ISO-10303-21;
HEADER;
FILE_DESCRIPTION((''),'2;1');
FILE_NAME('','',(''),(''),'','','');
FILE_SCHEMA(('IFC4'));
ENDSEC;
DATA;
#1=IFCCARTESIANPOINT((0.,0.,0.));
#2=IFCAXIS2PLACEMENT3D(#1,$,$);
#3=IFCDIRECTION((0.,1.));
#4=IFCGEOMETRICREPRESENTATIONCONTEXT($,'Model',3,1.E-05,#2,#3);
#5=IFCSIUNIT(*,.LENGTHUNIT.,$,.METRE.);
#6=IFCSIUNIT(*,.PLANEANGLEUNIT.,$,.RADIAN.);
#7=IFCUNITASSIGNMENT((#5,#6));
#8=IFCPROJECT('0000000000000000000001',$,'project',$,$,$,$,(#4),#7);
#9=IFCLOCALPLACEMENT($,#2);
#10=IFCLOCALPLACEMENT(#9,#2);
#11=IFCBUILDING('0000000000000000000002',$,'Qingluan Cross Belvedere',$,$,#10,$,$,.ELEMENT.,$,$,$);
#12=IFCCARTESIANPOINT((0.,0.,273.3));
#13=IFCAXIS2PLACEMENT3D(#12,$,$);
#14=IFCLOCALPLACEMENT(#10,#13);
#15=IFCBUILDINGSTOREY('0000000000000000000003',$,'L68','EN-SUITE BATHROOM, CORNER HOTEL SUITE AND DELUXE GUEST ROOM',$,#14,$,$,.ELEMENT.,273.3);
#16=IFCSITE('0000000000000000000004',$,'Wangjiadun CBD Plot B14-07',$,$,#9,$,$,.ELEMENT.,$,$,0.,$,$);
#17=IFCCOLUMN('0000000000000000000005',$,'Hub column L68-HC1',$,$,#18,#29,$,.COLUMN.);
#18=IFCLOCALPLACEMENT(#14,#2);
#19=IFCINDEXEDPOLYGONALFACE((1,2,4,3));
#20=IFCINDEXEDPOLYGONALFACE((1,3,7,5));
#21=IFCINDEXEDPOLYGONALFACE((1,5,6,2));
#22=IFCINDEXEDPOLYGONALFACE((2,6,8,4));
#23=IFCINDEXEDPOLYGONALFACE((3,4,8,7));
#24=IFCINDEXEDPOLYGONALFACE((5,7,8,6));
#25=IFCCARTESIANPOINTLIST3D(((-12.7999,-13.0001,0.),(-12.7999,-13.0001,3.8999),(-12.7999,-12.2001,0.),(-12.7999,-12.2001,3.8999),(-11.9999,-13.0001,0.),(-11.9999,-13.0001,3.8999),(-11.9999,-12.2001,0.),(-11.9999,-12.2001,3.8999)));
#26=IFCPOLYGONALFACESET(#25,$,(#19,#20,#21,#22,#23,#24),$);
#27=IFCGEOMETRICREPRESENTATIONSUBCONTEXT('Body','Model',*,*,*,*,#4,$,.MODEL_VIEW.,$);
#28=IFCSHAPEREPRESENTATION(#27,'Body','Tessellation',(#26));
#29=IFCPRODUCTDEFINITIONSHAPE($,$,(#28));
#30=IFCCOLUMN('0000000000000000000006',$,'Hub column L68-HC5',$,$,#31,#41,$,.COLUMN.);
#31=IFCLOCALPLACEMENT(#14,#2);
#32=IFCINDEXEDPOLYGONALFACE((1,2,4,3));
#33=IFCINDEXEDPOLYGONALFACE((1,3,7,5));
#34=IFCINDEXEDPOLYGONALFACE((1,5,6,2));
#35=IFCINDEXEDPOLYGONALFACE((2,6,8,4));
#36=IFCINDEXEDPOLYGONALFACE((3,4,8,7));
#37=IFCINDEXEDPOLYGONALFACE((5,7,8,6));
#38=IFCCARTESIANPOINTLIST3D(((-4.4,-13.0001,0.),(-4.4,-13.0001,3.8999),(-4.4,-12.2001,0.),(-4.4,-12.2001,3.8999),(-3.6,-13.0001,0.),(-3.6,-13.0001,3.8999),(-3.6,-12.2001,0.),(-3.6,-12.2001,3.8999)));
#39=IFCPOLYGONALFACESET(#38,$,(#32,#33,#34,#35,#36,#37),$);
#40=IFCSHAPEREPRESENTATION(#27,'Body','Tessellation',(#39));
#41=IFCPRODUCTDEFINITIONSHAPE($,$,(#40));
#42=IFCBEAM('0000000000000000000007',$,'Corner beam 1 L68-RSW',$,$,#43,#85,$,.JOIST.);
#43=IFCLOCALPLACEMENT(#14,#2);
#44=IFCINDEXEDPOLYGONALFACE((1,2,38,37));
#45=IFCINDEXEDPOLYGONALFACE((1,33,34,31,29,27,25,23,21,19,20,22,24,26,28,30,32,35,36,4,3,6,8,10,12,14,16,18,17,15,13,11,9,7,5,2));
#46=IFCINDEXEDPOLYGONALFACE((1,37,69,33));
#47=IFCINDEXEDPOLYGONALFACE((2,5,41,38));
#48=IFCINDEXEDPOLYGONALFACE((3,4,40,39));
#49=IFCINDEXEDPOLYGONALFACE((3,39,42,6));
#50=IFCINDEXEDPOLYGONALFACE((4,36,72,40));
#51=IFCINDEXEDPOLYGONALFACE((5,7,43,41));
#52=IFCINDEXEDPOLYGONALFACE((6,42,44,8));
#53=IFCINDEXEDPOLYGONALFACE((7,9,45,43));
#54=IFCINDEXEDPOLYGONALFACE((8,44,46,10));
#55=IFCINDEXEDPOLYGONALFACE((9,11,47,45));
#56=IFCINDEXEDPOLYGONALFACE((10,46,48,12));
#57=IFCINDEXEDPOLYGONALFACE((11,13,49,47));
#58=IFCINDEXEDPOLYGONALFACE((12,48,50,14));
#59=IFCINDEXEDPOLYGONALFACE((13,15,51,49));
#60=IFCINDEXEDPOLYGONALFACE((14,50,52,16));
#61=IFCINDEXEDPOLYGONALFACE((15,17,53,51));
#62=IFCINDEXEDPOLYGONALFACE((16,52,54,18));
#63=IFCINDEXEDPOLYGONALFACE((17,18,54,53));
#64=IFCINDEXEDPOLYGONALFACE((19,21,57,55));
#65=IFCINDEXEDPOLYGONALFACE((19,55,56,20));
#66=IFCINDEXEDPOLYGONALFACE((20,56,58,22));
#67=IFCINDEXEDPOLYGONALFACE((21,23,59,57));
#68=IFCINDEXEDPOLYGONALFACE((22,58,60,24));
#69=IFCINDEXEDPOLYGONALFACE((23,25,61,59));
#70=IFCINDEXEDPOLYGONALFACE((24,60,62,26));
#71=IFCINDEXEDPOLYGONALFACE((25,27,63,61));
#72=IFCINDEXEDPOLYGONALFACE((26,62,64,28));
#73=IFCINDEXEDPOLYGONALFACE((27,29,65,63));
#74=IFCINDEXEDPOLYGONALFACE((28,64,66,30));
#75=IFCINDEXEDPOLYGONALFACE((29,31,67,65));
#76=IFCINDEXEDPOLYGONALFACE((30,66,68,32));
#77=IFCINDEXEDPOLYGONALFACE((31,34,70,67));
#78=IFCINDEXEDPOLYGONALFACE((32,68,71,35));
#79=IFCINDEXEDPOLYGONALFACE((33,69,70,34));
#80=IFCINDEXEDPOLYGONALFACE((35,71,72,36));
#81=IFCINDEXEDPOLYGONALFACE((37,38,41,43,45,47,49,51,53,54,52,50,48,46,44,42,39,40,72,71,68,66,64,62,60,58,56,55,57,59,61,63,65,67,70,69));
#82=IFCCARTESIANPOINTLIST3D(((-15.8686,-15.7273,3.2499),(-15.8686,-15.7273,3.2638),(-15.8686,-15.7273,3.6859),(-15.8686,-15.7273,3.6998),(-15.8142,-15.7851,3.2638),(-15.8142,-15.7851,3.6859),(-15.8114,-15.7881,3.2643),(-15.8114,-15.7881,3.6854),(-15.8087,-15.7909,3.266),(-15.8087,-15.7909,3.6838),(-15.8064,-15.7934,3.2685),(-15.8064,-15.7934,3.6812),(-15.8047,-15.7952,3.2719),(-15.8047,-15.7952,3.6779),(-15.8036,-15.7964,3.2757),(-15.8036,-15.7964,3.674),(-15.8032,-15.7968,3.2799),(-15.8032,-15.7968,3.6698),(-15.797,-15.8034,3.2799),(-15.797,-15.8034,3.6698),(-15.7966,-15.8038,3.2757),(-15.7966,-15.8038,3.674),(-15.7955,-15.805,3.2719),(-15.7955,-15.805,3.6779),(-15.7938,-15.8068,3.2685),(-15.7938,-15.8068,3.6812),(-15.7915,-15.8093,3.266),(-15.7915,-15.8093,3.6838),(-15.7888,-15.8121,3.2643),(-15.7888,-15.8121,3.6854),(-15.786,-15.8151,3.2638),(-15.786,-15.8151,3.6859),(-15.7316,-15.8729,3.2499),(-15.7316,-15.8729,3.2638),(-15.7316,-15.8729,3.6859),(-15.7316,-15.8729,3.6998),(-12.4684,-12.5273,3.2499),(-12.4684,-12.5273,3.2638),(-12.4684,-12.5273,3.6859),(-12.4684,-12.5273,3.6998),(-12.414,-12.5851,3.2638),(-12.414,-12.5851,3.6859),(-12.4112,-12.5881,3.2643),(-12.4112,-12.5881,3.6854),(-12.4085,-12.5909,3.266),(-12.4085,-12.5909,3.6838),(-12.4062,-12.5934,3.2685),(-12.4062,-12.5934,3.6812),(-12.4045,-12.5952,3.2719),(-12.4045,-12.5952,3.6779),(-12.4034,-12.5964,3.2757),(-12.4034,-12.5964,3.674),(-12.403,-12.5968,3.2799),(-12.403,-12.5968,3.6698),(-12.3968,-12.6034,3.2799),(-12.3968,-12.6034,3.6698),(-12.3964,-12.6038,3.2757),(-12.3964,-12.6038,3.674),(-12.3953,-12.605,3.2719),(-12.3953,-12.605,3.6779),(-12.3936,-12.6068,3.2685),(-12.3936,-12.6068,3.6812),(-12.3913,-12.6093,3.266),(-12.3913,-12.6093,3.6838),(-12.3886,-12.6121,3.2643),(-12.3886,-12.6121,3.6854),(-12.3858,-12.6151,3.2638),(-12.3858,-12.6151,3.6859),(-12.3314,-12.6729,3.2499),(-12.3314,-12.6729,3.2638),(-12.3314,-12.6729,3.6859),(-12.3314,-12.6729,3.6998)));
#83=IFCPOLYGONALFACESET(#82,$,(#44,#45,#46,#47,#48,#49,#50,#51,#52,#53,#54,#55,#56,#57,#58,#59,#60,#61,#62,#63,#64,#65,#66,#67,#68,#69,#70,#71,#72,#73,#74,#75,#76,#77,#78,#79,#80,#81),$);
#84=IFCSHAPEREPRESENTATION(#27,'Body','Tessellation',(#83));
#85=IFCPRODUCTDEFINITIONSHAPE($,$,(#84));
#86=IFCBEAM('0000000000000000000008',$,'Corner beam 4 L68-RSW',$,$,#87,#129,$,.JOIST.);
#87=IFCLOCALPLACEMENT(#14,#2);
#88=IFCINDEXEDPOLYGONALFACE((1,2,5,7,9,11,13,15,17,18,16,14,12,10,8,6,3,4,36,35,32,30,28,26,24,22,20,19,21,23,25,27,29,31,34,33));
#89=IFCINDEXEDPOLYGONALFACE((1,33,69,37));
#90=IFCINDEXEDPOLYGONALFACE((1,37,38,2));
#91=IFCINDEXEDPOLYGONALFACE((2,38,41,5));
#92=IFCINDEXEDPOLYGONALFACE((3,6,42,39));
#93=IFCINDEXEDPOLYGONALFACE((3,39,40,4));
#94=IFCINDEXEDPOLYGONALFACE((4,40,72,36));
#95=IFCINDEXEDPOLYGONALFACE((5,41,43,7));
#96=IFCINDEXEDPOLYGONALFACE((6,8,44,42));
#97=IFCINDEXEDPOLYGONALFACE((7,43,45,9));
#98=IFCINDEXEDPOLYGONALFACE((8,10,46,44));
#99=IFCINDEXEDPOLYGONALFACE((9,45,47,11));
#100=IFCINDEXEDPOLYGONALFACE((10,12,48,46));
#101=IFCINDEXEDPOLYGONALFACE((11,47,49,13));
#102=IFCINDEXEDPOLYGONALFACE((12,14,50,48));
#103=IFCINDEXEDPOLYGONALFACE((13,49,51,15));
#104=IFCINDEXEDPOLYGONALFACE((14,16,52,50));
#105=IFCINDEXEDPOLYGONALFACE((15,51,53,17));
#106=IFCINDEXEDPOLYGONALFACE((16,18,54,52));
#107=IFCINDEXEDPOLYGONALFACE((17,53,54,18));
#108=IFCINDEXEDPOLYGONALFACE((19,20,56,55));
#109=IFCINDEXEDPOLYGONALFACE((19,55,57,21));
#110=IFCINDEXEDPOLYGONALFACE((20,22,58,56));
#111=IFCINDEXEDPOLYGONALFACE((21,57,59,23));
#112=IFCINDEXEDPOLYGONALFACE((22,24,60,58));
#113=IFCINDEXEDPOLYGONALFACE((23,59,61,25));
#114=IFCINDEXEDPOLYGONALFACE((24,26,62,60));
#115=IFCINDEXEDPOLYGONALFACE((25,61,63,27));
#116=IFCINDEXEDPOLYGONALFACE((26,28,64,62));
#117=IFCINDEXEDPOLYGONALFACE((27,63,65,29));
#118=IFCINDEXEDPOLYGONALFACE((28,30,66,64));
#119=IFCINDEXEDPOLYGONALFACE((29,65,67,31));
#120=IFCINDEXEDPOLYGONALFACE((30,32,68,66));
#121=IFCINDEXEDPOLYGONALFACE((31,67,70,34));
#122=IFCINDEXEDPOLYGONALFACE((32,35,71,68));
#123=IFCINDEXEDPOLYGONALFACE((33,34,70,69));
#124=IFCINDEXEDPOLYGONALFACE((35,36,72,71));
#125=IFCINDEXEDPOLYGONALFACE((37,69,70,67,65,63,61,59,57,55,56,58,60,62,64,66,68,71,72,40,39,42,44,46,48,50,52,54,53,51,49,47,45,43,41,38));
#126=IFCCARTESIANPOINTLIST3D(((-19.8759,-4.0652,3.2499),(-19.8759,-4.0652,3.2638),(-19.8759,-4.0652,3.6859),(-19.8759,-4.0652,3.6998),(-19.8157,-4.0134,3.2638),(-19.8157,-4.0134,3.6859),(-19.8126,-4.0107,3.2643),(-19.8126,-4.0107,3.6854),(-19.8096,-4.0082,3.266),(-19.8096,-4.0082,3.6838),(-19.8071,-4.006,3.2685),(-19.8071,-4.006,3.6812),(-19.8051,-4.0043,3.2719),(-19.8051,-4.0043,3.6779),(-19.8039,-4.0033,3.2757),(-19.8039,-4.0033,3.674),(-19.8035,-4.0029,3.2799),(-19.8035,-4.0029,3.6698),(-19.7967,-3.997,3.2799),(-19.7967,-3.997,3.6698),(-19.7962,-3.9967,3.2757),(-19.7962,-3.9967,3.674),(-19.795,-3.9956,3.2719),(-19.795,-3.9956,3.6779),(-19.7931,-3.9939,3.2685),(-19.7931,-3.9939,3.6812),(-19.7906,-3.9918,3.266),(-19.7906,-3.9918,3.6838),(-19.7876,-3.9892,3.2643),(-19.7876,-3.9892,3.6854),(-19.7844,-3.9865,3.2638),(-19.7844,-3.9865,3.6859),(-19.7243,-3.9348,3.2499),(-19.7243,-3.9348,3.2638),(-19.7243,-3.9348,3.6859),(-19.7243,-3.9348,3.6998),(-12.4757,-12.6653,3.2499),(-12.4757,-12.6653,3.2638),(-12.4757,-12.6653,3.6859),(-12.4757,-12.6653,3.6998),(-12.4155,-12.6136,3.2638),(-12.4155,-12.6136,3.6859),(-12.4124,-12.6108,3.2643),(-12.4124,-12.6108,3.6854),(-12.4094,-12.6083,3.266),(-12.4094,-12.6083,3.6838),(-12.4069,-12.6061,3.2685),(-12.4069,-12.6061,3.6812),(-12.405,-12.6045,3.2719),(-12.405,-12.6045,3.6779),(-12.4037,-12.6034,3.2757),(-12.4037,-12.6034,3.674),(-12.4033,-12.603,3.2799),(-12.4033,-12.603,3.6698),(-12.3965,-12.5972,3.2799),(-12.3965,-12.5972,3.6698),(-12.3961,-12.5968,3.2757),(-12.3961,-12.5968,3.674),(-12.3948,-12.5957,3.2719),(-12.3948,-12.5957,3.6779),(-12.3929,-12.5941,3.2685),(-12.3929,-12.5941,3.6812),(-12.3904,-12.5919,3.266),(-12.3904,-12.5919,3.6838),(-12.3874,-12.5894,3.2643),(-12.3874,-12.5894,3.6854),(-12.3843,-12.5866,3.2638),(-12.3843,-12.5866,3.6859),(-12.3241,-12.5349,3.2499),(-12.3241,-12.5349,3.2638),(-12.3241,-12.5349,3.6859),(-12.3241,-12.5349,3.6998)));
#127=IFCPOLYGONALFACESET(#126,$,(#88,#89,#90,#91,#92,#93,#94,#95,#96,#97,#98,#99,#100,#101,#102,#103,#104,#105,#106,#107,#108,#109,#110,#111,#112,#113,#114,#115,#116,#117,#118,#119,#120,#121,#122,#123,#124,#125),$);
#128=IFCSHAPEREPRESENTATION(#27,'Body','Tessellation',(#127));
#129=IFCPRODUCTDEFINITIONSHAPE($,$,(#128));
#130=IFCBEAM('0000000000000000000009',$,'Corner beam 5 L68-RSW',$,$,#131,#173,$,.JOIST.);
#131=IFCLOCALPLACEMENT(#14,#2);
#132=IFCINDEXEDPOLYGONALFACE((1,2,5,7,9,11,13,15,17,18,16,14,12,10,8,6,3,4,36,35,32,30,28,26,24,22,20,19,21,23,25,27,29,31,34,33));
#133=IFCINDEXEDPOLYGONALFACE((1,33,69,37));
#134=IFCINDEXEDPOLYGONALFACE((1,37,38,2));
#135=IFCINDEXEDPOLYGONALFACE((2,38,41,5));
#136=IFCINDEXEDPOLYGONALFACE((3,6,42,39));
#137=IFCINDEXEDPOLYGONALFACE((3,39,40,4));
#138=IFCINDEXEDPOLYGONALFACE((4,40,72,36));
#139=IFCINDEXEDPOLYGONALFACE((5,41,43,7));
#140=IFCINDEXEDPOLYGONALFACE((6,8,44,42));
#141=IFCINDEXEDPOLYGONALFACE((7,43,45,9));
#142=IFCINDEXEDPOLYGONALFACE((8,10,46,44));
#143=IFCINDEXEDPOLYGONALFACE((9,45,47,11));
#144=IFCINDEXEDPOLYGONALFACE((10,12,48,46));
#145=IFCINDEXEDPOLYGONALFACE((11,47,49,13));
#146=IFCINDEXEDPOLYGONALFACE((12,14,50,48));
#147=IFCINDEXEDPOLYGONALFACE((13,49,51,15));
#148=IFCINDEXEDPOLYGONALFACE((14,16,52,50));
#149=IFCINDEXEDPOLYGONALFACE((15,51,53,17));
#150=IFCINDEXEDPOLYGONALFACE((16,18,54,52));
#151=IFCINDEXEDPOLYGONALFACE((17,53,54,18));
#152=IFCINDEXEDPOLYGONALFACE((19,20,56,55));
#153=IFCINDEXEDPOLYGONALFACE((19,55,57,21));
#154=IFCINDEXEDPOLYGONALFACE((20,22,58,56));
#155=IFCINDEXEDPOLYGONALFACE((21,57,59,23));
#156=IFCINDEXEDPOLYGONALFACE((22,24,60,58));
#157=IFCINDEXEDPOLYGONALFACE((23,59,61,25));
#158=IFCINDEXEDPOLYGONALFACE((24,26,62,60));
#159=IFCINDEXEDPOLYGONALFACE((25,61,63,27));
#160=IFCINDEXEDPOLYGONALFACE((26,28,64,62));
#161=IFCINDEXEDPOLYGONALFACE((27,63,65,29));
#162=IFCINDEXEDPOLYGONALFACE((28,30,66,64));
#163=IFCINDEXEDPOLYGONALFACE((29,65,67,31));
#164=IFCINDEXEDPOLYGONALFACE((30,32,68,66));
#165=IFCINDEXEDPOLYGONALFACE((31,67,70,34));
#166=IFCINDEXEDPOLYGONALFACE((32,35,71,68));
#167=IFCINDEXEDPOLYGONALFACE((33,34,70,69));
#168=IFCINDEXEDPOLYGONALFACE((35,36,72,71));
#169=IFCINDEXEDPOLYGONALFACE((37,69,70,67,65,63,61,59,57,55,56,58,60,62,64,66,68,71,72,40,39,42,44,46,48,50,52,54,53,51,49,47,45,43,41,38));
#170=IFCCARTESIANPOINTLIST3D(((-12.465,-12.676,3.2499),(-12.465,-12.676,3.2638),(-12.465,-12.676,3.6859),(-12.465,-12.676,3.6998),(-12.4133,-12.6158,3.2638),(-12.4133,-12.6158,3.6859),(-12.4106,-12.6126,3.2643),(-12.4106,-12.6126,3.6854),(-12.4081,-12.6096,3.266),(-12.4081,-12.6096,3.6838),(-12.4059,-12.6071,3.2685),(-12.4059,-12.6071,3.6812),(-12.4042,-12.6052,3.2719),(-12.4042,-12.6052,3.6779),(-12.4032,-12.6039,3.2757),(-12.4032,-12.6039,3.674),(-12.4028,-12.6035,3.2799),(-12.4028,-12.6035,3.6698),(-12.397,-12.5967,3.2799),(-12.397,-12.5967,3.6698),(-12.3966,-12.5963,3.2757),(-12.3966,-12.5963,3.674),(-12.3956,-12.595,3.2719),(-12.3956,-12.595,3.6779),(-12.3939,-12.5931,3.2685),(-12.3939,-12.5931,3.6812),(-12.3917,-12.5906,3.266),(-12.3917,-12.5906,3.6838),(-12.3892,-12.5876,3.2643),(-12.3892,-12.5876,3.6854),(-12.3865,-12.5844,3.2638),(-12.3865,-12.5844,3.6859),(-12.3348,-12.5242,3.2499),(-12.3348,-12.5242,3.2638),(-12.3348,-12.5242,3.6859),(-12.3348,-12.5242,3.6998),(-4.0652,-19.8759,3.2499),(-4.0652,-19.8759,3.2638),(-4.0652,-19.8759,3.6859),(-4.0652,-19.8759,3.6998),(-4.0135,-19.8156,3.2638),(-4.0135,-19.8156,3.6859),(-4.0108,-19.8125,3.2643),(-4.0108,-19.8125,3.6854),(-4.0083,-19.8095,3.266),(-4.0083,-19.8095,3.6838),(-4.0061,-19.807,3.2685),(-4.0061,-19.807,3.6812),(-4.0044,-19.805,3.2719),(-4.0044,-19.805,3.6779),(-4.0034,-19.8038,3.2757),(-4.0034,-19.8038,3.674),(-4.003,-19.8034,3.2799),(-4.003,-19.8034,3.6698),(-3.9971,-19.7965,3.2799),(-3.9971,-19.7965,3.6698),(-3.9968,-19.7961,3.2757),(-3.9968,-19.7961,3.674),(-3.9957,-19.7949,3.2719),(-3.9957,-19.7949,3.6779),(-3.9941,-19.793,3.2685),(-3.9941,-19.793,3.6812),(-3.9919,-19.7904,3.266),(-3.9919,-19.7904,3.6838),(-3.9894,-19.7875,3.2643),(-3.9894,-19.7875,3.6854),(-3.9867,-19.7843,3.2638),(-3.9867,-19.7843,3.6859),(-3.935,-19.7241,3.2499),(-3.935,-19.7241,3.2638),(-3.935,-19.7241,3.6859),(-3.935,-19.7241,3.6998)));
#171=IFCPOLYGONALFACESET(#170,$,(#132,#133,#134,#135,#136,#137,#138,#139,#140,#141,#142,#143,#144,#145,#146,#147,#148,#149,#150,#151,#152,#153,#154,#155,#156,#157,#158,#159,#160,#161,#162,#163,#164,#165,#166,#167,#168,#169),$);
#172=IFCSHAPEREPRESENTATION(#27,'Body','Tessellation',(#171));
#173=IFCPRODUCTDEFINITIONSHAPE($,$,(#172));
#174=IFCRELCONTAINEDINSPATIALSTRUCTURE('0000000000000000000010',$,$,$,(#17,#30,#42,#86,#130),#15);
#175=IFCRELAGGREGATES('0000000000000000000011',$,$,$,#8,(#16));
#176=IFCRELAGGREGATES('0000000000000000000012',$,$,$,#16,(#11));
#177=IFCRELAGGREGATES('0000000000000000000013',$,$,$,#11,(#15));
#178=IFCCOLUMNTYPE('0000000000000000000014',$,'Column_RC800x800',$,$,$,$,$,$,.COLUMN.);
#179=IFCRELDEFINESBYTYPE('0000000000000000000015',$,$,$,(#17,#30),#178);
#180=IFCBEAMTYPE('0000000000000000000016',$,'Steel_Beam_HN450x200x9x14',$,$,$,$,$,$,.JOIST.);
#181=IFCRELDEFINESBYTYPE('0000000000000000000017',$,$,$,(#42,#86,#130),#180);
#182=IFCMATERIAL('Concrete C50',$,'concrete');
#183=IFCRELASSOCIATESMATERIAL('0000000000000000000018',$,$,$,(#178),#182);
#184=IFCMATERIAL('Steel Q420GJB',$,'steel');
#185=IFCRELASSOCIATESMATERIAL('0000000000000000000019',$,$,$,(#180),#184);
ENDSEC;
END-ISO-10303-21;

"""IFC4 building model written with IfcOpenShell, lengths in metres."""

from ifc_helpers import new_model, si_unit, direction, frame, origin, origin_2d, place, context, subcontext, project, spatial, rectangle, i_section, extrude, material, material_profile, profile_set, type_object, element, save


model = new_model("IFC4")

# Units and contexts
model_context = context("Model", 3, precision=1e-05, world=origin(), true_north=direction((0.0, 1.0)))
body_context = subcontext(model_context, "Body", "Model", "MODEL_VIEW")
ifc_project = project(units=[si_unit("LENGTHUNIT", "METRE"), si_unit("PLANEANGLEUNIT", "RADIAN")], contexts=[model_context])

# Site, building, storey
site_placement = place(None, origin())
site = spatial("IfcSite", under=ifc_project, at=site_placement, Name="Wangjiadun CBD Plot B14-07", CompositionType="ELEMENT", RefElevation=0.0)
building_placement = place(site_placement, origin())
building = spatial("IfcBuilding", under=site, at=building_placement, Name="Qingluan Cross Belvedere", CompositionType="ELEMENT")
storey_placement = place(building_placement, frame((0.0, 0.0, 273.3)))
storey = spatial("IfcBuildingStorey", under=building, at=storey_placement, Name="L68", Description="EN-SUITE BATHROOM, CORNER HOTEL SUITE AND DELUXE GUEST ROOM", CompositionType="ELEMENT", Elevation=273.3)

# Columns
ifc_material_1 = material(Name="Concrete C50", Category="concrete")
ifc_material_profile_1 = material_profile(ifc_material_1, rectangle(XDim=0.8, YDim=0.8, at=origin_2d()), Name="RC800x800")
ifc_profile_set_1 = profile_set([ifc_material_profile_1], Name="Concrete C50")
column_type = type_object("IfcColumnType", Name="Column_RC800x800", PredefinedType="COLUMN", material=ifc_profile_set_1)
for number, where, z_axis, x_axis, name in (
    (1, (-12.3999, -12.6001, 0.0), (0.0, 0.0, 1.0), (1.0, 0.0, 0.0), "Hub column L68-HC1"),
    (2, (-4.0, -12.6001, 0.0), (0.0, 0.0, 1.0), (1.0, 0.0, 0.0), "Hub column L68-HC5"),
):
    element("IfcColumn", number, at=place(storey_placement, frame(where, z_axis=z_axis, x_axis=x_axis)), inside=storey, type_object=column_type, Name=name, PredefinedType="COLUMN", context=body_context, shape_type="SweptSolid", body=[
        extrude(rectangle(XDim=0.8, YDim=0.8, at=origin_2d()), origin(), (0.0, 0.0, 1.0), 3.8999),
    ])

# Beams
ifc_material_2 = material(Name="Steel Q420GJB", Category="steel")
ifc_material_profile_2 = material_profile(ifc_material_2, i_section(OverallWidth=0.2, OverallDepth=0.45, WebThickness=0.009, FlangeThickness=0.0139, FilletRadius=0.0161, at=origin_2d()), Name="HN450x200x9x14")
ifc_profile_set_2 = profile_set([ifc_material_profile_2], Name="Steel Q420GJB")
beam_type_1 = type_object("IfcBeamType", Name="Steel_Beam_HN450x200x9x14", PredefinedType="JOIST", material=ifc_profile_set_2)
beam_1_placement = place(storey_placement, frame((-12.3999, -12.6001, 3.4749), z_axis=(-0.72822, -0.685343, 0.0), x_axis=(0.685343, -0.72822, 0.0)))
element("IfcBeam", 3, at=beam_1_placement, inside=storey, type_object=beam_type_1, Name="Corner beam 1 L68-RSW", PredefinedType="JOIST", context=body_context, shape_type="SweptSolid", body=[
    extrude(i_section(OverallWidth=0.2, OverallDepth=0.45, WebThickness=0.009, FlangeThickness=0.0139, FilletRadius=0.0161, at=origin_2d()), origin(), (0.0, 0.0, 1.0), 4.6692),
])
beam_2_placement = place(storey_placement, frame((-12.3999, -12.6001, 3.4749), z_axis=(-0.652245, 0.758008, 0.0), x_axis=(-0.758008, -0.652245, 0.0)))
element("IfcBeam", 4, at=beam_2_placement, inside=storey, type_object=beam_type_1, Name="Corner beam 4 L68-RSW", PredefinedType="JOIST", context=body_context, shape_type="SweptSolid", body=[
    extrude(i_section(OverallWidth=0.2, OverallDepth=0.45, WebThickness=0.009, FlangeThickness=0.0139, FilletRadius=0.0161, at=origin_2d()), origin(), (0.0, 0.0, 1.0), 11.3457),
])
beam_3_placement = place(storey_placement, frame((-12.3999, -12.6001, 3.4749), z_axis=(0.759255, -0.650793, 0.0), x_axis=(0.650793, 0.759255, 0.0)))
element("IfcBeam", 5, at=beam_3_placement, inside=storey, type_object=beam_type_1, Name="Corner beam 5 L68-RSW", PredefinedType="JOIST", context=body_context, shape_type="SweptSolid", body=[
    extrude(i_section(OverallWidth=0.2, OverallDepth=0.45, WebThickness=0.009, FlangeThickness=0.0139, FilletRadius=0.0161, at=origin_2d()), origin(), (0.0, 0.0, 1.0), 11.0632),
])

save(model, "model.ifc")
